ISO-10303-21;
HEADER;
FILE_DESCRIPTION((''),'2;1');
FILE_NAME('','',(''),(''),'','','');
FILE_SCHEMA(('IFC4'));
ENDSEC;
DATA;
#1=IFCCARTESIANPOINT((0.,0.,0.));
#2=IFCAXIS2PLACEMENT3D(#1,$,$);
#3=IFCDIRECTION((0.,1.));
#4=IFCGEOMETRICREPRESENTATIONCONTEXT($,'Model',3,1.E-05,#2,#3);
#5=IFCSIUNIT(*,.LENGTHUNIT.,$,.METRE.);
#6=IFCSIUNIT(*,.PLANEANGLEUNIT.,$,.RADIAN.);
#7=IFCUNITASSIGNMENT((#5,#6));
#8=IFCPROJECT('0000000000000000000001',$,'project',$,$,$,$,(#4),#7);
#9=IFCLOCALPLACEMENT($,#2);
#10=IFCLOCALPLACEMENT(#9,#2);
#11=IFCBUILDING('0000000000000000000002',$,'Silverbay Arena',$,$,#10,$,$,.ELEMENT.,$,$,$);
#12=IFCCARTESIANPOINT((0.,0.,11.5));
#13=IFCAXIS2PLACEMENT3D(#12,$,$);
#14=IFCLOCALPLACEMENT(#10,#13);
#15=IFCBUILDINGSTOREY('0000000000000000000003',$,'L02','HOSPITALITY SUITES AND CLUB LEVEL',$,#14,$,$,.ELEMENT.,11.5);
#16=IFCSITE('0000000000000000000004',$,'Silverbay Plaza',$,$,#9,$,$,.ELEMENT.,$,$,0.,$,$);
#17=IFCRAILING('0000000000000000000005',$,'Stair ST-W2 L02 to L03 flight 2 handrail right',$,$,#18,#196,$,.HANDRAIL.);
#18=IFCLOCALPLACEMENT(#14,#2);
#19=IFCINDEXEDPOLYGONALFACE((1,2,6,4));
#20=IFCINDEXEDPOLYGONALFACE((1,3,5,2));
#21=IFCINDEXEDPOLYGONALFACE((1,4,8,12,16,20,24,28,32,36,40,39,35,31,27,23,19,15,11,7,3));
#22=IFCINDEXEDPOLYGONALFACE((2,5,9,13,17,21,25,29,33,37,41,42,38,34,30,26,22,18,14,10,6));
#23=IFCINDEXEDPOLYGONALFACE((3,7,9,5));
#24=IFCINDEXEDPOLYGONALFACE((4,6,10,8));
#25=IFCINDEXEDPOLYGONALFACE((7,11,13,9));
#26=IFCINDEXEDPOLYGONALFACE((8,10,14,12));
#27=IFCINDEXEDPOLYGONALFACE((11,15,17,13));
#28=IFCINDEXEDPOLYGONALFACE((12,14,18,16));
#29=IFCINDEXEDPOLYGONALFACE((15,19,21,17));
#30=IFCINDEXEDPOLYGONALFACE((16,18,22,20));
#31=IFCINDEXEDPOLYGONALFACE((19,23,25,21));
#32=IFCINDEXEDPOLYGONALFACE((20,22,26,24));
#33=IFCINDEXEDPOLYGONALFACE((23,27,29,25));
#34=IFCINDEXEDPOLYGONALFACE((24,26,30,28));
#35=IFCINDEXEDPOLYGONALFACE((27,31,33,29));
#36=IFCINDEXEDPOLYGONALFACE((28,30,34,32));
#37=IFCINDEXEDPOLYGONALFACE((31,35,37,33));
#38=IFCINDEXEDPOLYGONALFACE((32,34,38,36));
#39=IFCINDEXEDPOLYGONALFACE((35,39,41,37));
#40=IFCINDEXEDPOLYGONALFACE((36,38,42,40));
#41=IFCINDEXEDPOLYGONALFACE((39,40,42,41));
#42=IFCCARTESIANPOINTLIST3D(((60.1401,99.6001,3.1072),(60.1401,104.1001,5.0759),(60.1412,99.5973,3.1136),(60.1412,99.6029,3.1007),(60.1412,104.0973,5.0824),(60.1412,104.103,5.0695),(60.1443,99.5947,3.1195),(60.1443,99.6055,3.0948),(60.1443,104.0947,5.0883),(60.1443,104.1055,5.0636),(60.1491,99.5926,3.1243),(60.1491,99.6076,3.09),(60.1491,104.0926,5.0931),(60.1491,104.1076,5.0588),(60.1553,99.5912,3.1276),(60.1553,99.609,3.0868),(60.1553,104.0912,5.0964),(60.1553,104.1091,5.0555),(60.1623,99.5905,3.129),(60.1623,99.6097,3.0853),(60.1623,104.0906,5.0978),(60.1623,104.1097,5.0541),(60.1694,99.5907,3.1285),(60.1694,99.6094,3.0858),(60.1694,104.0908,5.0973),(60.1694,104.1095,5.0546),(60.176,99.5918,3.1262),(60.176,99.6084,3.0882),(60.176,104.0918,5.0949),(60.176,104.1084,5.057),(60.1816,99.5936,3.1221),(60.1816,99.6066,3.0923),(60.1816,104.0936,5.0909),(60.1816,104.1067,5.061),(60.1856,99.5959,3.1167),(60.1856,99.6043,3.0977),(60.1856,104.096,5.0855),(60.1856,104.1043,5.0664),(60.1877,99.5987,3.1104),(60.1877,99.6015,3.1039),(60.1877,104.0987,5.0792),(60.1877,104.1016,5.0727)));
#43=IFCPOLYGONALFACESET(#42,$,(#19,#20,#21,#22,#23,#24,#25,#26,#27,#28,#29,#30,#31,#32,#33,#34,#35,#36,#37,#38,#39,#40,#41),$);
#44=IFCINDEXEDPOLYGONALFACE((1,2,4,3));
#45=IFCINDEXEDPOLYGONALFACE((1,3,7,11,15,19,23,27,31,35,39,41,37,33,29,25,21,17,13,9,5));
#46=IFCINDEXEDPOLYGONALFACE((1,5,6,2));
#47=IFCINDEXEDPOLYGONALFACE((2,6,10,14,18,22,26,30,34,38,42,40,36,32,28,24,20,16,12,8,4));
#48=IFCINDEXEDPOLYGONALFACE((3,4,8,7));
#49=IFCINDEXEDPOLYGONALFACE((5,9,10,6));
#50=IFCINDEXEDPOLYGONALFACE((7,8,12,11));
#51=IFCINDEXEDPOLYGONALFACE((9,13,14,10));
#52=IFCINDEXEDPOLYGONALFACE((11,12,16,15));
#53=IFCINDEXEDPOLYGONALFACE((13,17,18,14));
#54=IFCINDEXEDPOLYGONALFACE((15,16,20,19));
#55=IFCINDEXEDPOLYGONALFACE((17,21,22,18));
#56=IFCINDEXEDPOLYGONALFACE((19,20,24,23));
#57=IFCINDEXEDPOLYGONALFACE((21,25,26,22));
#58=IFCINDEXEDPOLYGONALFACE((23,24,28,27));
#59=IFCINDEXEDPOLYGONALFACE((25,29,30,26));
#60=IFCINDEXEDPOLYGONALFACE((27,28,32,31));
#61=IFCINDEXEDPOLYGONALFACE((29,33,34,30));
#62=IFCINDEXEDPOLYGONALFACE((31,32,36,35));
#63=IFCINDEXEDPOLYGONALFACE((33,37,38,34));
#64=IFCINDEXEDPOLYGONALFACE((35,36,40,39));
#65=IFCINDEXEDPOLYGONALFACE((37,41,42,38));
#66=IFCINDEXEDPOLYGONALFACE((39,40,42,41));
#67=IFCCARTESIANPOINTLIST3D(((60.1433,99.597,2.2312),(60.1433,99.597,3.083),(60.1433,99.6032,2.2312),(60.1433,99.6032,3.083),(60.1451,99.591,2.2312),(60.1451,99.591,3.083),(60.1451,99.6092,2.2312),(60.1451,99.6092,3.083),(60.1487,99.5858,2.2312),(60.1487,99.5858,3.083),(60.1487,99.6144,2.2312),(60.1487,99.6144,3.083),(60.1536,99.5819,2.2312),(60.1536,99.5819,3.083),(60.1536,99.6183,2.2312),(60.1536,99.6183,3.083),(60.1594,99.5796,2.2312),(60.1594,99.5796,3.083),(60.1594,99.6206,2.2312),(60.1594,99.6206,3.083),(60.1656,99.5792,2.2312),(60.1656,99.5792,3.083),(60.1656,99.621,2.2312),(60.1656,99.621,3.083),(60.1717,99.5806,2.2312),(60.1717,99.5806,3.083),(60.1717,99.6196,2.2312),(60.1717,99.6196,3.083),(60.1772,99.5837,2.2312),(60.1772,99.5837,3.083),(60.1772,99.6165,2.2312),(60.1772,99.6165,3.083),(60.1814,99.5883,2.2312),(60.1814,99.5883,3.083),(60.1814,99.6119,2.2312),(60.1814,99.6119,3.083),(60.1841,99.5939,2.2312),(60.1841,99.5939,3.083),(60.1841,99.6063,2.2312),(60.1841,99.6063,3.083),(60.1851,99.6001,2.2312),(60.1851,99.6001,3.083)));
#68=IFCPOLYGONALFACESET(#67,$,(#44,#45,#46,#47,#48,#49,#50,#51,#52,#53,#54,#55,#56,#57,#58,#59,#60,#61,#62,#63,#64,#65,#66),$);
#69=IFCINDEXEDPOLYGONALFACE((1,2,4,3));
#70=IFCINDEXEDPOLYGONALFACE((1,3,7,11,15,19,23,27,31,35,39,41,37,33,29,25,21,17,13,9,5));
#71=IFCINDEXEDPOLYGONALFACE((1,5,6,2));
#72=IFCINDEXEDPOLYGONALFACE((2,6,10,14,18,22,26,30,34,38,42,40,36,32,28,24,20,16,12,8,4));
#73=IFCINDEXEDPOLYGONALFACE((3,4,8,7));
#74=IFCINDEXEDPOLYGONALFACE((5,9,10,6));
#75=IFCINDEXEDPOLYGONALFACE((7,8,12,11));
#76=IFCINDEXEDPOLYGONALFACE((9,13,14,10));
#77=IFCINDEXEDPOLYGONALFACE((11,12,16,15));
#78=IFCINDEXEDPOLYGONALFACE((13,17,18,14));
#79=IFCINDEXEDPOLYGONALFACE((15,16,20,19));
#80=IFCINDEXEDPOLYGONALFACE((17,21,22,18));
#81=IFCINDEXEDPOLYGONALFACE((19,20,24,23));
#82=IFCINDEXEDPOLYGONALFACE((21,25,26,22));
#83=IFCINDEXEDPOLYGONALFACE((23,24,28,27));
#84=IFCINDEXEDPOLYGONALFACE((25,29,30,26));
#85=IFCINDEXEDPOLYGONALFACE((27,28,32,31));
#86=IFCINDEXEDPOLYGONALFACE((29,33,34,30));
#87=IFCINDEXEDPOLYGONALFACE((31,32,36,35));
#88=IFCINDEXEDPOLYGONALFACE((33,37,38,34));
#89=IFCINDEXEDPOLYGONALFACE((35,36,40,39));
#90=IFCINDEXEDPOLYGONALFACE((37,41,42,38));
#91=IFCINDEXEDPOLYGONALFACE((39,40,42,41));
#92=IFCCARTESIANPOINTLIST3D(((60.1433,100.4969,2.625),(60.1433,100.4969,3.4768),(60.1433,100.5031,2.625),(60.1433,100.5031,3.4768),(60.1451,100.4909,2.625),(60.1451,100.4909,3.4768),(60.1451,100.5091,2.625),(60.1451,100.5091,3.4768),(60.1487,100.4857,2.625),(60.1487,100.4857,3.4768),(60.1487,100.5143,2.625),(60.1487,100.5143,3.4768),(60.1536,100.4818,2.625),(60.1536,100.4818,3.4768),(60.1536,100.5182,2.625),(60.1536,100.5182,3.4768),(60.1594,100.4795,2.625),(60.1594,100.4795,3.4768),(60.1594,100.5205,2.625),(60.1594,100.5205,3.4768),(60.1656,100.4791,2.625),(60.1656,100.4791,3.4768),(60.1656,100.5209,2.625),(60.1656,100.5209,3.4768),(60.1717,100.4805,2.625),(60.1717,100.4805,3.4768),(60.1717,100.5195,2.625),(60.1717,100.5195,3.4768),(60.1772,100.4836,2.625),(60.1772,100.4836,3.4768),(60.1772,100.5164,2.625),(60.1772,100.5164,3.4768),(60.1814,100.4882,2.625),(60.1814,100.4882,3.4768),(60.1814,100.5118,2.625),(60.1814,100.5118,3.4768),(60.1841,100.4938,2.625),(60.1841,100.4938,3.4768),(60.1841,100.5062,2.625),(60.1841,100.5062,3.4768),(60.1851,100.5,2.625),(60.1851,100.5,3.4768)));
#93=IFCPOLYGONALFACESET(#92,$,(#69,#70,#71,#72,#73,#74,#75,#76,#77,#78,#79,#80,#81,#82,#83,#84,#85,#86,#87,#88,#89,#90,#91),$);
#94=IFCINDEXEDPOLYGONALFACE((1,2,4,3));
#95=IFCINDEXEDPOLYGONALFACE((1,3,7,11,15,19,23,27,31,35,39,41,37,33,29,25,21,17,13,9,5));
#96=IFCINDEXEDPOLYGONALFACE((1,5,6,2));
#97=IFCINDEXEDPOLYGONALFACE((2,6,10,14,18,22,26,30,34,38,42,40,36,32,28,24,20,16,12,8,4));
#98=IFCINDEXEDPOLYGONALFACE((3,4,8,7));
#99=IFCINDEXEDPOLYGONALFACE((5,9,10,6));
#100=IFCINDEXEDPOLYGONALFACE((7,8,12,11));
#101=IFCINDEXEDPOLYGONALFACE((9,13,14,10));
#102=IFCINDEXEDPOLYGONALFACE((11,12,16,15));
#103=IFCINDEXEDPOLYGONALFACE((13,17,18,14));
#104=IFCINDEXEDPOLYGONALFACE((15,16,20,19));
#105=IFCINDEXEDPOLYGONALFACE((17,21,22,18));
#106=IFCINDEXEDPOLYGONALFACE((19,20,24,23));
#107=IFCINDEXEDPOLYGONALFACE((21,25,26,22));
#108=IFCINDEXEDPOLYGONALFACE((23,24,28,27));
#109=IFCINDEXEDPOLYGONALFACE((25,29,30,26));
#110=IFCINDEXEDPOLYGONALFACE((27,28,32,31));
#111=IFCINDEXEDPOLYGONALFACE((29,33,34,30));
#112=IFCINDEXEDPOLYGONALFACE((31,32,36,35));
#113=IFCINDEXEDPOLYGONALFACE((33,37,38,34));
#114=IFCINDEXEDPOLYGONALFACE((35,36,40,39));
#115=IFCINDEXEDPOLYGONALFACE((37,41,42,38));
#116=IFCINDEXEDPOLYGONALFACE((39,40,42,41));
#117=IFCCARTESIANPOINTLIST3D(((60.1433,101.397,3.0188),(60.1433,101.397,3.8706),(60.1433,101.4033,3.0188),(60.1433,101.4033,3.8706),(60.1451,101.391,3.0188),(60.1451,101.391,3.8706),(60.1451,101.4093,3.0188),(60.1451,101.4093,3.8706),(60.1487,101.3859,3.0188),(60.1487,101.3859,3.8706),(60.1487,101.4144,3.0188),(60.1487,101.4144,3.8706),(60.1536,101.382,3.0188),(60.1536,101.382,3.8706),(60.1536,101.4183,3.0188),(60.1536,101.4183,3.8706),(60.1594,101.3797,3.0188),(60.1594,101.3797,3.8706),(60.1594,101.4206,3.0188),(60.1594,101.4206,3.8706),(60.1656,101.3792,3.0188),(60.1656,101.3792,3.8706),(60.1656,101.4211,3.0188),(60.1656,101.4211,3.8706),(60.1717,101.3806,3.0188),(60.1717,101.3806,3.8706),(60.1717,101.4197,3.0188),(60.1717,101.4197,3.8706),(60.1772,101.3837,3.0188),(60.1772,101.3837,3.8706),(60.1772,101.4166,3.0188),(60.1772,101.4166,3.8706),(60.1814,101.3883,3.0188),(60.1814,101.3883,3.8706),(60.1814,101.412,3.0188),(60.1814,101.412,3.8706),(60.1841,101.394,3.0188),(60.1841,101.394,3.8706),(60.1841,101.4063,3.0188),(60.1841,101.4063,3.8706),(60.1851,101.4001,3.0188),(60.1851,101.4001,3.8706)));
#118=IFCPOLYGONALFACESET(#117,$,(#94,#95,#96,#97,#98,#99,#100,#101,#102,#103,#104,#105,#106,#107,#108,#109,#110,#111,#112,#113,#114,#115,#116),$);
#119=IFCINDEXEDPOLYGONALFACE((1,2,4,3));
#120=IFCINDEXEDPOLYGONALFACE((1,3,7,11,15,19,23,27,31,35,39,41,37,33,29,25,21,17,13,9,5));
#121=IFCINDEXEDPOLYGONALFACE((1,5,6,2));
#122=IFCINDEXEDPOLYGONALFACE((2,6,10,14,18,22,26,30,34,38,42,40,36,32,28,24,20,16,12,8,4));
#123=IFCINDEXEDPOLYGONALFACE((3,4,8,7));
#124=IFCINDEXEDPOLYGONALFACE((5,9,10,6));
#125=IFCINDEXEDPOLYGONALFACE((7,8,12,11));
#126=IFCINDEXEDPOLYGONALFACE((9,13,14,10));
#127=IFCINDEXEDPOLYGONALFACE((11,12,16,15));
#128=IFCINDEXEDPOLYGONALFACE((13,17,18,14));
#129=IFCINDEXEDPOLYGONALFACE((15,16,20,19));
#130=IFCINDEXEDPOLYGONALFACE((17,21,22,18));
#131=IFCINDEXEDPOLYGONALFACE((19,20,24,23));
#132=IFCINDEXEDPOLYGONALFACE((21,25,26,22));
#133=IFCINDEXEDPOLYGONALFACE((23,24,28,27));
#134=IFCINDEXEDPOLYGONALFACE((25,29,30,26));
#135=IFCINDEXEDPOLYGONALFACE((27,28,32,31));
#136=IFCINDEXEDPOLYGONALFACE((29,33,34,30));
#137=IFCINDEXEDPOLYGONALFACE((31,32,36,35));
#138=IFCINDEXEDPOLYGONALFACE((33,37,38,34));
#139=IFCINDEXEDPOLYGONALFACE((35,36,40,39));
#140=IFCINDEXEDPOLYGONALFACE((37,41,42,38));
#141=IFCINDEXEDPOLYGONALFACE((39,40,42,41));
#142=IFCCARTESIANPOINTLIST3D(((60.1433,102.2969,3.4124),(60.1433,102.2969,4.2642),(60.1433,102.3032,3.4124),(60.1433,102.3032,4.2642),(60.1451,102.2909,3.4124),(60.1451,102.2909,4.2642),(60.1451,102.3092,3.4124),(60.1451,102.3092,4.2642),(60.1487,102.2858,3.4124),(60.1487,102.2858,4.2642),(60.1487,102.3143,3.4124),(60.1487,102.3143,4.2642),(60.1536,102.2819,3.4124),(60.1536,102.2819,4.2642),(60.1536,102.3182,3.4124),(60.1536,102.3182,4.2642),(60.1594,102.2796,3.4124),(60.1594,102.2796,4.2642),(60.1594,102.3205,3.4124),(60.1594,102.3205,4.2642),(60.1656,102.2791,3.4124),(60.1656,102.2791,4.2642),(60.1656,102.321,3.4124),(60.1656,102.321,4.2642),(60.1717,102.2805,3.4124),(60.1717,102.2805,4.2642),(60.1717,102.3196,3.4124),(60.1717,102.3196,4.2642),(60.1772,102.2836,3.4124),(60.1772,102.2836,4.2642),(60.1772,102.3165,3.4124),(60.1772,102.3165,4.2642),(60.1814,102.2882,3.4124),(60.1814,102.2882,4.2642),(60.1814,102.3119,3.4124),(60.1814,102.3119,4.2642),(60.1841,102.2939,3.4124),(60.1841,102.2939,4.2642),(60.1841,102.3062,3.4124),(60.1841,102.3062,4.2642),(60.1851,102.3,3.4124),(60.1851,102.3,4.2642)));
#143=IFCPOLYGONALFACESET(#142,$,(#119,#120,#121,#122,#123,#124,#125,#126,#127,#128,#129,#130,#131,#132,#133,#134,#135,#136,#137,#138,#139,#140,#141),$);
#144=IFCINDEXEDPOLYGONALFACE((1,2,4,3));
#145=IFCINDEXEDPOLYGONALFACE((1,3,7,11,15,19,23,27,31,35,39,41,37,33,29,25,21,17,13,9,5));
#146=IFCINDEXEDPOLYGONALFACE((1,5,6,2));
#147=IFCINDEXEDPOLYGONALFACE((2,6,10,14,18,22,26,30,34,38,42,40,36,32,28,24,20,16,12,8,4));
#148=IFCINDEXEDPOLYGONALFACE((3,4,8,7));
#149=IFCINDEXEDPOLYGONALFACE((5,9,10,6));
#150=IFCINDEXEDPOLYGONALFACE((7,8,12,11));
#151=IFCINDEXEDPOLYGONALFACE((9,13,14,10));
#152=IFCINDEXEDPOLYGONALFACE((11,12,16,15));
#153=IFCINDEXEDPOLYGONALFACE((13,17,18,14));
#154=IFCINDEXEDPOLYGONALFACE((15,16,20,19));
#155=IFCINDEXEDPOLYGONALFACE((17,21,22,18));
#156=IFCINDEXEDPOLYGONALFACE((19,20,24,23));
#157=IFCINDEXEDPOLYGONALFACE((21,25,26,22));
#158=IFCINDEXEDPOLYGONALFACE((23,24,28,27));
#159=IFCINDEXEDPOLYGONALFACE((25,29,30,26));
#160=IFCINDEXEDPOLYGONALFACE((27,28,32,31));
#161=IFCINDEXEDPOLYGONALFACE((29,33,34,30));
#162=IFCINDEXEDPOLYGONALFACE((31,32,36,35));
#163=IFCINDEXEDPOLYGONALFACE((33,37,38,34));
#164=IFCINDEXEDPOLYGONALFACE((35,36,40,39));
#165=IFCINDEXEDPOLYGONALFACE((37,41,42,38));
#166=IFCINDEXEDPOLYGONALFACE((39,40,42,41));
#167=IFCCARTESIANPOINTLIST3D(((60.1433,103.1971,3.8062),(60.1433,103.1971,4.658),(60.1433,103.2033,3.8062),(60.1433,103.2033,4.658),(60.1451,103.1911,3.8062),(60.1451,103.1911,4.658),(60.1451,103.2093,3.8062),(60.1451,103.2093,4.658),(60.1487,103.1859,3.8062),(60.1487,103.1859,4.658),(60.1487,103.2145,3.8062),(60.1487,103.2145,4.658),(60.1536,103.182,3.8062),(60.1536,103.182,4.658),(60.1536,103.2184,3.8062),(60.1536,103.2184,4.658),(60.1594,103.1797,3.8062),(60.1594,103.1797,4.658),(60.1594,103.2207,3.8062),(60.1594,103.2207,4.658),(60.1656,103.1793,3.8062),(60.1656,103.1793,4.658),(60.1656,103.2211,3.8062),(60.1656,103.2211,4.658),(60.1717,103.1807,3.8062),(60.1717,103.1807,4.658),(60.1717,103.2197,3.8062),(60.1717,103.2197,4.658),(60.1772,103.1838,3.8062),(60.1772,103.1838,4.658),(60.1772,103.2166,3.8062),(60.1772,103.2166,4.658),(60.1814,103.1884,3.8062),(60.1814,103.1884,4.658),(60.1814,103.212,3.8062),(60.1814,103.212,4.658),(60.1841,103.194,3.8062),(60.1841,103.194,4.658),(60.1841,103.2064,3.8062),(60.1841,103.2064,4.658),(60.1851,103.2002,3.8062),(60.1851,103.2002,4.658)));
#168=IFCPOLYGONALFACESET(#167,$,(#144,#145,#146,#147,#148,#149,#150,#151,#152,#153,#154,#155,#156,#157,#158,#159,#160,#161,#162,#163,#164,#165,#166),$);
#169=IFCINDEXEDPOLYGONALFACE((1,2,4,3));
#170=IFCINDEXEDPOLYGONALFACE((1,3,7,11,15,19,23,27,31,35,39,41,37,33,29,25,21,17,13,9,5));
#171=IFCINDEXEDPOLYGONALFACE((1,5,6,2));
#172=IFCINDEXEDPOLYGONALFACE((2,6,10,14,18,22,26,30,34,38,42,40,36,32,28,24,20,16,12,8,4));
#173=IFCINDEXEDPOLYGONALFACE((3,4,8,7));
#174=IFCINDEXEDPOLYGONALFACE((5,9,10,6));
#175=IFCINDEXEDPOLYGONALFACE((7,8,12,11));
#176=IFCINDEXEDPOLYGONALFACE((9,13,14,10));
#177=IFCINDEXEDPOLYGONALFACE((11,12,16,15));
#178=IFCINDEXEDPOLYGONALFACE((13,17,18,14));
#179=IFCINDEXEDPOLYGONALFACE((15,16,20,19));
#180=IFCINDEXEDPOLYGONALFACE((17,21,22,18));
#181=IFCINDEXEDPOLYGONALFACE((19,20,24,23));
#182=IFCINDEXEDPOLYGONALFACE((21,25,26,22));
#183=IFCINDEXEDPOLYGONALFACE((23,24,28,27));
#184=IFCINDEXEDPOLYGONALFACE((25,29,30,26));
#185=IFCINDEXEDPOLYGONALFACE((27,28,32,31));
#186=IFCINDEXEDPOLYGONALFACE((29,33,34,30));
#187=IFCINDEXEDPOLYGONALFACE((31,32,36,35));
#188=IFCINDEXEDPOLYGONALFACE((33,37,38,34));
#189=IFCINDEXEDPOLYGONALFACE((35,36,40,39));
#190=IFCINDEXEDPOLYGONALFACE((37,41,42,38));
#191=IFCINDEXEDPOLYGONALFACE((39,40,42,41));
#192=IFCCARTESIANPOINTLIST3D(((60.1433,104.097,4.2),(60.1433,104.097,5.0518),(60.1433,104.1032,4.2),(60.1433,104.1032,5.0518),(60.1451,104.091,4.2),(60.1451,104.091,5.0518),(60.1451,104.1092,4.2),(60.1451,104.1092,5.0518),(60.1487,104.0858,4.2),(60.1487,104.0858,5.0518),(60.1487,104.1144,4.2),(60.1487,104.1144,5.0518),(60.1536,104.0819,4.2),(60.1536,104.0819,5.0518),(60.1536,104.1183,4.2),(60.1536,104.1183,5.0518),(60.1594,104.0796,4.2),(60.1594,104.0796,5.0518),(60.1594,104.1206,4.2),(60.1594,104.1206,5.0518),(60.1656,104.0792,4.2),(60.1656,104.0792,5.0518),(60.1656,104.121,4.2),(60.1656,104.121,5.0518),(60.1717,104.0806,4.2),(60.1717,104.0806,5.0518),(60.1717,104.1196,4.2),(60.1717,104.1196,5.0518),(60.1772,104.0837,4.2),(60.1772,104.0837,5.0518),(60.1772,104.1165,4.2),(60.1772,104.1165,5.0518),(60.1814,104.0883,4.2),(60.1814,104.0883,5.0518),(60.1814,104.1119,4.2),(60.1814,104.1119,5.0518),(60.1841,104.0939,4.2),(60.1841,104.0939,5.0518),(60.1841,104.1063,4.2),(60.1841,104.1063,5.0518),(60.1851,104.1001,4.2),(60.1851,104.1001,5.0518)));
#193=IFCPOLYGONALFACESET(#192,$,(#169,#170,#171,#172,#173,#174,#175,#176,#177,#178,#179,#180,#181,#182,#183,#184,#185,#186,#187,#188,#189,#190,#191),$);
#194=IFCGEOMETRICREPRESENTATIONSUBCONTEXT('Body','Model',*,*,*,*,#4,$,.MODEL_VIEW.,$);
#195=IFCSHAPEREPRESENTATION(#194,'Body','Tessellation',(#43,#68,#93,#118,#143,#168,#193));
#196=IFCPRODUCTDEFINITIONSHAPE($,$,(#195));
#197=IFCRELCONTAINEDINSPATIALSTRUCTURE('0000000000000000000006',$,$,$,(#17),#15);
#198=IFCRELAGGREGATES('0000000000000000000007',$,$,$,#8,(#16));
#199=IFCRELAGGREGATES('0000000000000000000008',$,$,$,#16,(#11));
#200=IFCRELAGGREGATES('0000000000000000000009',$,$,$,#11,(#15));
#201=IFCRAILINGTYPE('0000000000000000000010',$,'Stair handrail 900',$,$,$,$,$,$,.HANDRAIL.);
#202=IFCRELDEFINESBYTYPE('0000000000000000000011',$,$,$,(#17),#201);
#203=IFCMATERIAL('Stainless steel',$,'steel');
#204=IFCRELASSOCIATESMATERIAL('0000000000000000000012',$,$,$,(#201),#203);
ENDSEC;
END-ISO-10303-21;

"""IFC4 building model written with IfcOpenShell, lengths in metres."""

from ifc_helpers import new_model, si_unit, direction, frame, origin, origin_2d, place, context, subcontext, project, spatial, circle, extrude, material, type_object, element, save


model = new_model("IFC4")

# Units and contexts
model_context = context("Model", 3, precision=1e-05, world=origin(), true_north=direction((0.0, 1.0)))
body_context = subcontext(model_context, "Body", "Model", "MODEL_VIEW")
ifc_project = project(units=[si_unit("LENGTHUNIT", "METRE"), si_unit("PLANEANGLEUNIT", "RADIAN")], contexts=[model_context])

# Site, building, storey
site_placement = place(None, origin())
site = spatial("IfcSite", under=ifc_project, at=site_placement, Name="Silverbay Plaza", CompositionType="ELEMENT", RefElevation=0.0)
building_placement = place(site_placement, origin())
building = spatial("IfcBuilding", under=site, at=building_placement, Name="Silverbay Arena", CompositionType="ELEMENT")
storey_placement = place(building_placement, frame((0.0, 0.0, 11.5)))
storey = spatial("IfcBuildingStorey", under=building, at=storey_placement, Name="L02", Description="HOSPITALITY SUITES AND CLUB LEVEL", CompositionType="ELEMENT", Elevation=11.5)

# Railing
ifc_material_1 = material(Name="Stainless steel", Category="steel")
railing_type_1 = type_object("IfcRailingType", Name="Stair handrail 900", PredefinedType="HANDRAIL", material=ifc_material_1)
for number, where, name in (
    (1, (60.1641, 99.6001, 2.2312), "Stair ST-W2 L02 to L03 flight 2 handrail right"),
):
    element("IfcRailing", number, at=place(storey_placement, frame(where)), inside=storey, type_object=railing_type_1, Name=name, PredefinedType="HANDRAIL", context=body_context, shape_type="SweptSolid", body=[
        extrude(circle(Radius=0.0239, at=origin_2d()), frame((0.0, 0.0, 0.876), z_axis=(0.0, 0.916157, 0.400819), x_axis=(-1.0, 0.0, 0.0)), (0.0, 0.0, 1.0), 4.9119),
        extrude(circle(Radius=0.021, at=origin_2d()), origin(), (0.0, 0.0, 1.0), 0.8518),
        extrude(circle(Radius=0.021, at=origin_2d()), frame((0.0, 0.8999, 0.3938)), (0.0, 0.0, 1.0), 0.8518),
        extrude(circle(Radius=0.021, at=origin_2d()), frame((0.0, 1.8, 0.7876)), (0.0, 0.0, 1.0), 0.8518),
        extrude(circle(Radius=0.021, at=origin_2d()), frame((0.0, 2.7, 1.1812)), (0.0, 0.0, 1.0), 0.8518),
        extrude(circle(Radius=0.021, at=origin_2d()), frame((0.0, 3.6001, 1.575)), (0.0, 0.0, 1.0), 0.8518),
        extrude(circle(Radius=0.021, at=origin_2d()), frame((0.0, 4.5, 1.9688)), (0.0, 0.0, 1.0), 0.8518),
    ])

save(model, "model.ifc")
